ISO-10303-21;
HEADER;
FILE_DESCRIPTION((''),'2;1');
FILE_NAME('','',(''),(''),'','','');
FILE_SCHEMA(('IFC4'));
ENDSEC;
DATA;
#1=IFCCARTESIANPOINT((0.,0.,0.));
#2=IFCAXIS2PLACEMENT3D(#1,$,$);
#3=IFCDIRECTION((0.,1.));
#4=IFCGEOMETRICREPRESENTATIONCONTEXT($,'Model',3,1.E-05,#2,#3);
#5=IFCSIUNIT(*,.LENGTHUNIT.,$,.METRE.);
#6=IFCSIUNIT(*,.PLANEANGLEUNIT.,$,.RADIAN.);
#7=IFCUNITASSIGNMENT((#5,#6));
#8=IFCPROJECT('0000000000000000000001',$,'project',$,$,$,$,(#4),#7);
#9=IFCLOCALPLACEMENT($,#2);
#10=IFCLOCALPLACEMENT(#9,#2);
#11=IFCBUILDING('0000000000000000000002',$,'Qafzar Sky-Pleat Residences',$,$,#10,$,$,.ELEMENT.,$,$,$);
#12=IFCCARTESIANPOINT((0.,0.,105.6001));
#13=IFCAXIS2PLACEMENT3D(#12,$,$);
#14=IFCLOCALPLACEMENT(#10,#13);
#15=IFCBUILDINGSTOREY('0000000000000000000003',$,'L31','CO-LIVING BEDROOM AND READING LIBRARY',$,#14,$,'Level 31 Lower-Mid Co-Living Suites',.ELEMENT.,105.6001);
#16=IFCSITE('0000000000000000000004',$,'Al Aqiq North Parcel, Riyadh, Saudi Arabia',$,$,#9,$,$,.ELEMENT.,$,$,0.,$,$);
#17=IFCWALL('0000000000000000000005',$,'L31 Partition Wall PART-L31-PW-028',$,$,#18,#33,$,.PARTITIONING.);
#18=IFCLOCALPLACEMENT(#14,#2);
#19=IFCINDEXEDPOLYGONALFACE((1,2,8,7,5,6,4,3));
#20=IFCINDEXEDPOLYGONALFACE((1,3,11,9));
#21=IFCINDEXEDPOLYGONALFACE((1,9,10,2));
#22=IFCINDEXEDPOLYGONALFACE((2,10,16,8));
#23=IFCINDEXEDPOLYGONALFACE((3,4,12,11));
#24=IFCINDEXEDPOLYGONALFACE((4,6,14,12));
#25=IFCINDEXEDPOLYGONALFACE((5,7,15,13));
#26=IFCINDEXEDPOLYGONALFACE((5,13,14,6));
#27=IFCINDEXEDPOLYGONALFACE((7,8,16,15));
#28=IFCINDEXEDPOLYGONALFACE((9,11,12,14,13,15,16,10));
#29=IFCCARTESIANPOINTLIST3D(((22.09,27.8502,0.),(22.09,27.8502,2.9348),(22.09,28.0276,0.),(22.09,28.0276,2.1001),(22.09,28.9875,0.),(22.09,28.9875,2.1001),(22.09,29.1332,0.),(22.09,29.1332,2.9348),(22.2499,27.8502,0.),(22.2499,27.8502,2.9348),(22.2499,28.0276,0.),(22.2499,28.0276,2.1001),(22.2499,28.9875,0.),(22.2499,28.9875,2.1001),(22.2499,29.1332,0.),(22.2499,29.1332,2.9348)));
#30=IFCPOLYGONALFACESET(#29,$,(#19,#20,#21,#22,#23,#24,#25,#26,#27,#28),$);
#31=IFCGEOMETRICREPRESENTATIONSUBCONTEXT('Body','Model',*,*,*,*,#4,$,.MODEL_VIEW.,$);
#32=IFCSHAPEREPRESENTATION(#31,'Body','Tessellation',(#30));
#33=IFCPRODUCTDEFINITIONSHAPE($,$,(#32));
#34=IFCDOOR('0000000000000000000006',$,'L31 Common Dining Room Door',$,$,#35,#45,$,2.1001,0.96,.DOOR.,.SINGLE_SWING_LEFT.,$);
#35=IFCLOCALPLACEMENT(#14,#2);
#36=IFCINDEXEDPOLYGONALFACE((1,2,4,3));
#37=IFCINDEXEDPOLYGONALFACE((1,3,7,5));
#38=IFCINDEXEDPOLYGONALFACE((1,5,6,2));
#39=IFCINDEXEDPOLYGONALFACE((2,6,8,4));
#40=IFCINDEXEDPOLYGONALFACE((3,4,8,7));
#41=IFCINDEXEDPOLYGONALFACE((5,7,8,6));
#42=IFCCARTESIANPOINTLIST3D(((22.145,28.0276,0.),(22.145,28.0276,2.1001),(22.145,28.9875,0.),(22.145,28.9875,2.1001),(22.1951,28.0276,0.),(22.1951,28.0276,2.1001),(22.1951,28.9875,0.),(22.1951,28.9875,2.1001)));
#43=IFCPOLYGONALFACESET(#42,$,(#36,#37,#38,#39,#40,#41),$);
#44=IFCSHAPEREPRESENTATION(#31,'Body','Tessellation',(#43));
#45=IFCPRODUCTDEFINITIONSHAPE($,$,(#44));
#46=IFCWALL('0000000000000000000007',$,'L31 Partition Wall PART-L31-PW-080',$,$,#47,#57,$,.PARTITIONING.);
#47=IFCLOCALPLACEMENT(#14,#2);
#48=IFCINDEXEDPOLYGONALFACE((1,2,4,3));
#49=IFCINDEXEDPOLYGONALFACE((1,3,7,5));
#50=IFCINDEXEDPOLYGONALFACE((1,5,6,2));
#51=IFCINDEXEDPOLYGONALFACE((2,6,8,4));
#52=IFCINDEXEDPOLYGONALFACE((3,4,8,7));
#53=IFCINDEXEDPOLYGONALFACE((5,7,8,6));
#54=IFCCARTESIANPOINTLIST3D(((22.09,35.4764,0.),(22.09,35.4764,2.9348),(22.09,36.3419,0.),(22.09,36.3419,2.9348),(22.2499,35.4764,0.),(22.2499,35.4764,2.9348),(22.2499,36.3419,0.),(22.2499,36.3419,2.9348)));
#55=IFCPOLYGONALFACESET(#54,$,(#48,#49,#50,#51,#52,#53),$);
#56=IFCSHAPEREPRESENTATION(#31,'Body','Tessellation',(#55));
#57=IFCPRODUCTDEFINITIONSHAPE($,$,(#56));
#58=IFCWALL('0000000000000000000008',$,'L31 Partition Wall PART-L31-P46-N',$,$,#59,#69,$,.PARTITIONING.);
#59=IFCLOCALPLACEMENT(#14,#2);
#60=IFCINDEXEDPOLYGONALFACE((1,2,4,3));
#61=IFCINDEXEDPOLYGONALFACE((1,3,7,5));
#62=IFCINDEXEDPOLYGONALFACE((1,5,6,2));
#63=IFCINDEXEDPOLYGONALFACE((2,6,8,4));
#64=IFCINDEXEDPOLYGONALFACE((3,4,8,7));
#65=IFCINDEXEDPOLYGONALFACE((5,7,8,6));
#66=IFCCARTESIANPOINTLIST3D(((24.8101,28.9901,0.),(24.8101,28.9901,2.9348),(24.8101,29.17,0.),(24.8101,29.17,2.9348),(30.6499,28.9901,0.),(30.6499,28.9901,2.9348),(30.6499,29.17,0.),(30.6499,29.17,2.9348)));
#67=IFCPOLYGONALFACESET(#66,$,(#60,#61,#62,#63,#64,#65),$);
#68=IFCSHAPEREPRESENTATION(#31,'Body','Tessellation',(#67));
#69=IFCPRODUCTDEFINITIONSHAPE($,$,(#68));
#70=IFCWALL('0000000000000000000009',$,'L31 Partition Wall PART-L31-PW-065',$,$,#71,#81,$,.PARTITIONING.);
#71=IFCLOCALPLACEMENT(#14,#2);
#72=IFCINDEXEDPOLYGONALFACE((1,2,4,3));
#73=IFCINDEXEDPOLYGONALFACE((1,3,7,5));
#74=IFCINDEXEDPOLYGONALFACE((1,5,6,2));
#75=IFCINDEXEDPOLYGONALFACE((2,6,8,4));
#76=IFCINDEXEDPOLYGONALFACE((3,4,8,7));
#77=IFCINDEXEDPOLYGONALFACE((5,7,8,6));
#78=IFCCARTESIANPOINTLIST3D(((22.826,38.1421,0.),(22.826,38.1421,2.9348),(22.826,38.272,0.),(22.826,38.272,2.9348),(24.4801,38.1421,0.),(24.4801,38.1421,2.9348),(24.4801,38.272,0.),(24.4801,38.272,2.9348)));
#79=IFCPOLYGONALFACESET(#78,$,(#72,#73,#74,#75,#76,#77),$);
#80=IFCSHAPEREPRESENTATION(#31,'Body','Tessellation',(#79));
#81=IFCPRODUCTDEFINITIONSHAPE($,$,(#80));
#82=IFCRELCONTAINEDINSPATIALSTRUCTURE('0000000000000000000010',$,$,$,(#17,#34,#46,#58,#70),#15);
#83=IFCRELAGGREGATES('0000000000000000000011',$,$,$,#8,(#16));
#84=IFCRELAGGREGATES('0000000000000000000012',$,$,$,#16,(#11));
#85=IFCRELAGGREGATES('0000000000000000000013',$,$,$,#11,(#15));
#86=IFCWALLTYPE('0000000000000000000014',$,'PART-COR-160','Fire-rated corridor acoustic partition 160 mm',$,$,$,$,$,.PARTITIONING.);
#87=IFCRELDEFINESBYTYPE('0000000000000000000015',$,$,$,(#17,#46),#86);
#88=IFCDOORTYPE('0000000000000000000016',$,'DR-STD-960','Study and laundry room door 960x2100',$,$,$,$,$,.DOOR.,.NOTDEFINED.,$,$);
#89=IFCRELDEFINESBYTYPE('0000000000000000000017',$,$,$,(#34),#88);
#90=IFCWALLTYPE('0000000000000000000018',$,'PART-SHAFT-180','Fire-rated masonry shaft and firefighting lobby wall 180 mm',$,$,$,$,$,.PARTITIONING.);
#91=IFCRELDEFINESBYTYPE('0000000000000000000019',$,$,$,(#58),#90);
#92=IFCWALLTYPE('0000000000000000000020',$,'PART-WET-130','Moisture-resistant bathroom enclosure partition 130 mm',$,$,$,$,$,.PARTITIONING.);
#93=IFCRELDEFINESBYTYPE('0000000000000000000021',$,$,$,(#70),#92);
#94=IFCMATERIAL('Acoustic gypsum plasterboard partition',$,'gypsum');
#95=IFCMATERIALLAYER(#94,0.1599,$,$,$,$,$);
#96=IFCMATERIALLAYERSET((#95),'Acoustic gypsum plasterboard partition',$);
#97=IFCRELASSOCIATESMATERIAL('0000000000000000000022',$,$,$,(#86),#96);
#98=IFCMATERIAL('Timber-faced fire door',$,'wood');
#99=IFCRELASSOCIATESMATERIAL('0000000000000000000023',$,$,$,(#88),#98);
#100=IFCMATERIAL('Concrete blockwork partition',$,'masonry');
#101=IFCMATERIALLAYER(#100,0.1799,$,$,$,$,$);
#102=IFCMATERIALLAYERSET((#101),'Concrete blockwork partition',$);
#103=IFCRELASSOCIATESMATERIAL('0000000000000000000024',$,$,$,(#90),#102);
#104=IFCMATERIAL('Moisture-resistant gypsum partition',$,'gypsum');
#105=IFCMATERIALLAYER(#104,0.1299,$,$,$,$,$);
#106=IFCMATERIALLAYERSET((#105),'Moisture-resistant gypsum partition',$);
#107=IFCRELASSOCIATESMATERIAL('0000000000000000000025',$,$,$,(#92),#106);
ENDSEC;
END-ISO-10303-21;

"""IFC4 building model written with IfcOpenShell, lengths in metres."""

from ifc_helpers import new_model, si_unit, direction, frame, frame_2d, origin, place, context, subcontext, project, spatial, rectangle, extrude, source, transform, mapped, material, layer, layer_set, type_object, element, fill, save


model = new_model("IFC4")

# Units and contexts
model_context = context("Model", 3, precision=1e-05, world=origin(), true_north=direction((0.0, 1.0)))
body_context = subcontext(model_context, "Body", "Model", "MODEL_VIEW")
ifc_project = project(units=[si_unit("LENGTHUNIT", "METRE"), si_unit("PLANEANGLEUNIT", "RADIAN")], contexts=[model_context])

# Site, building, storey
site_placement = place(None, origin())
site = spatial("IfcSite", under=ifc_project, at=site_placement, Name="Al Aqiq North Parcel, Riyadh, Saudi Arabia", CompositionType="ELEMENT", RefElevation=0.0)
building_placement = place(site_placement, origin())
building = spatial("IfcBuilding", under=site, at=building_placement, Name="Qafzar Sky-Pleat Residences", CompositionType="ELEMENT")
storey_placement = place(building_placement, frame((0.0, 0.0, 105.6001)))
storey = spatial("IfcBuildingStorey", under=building, at=storey_placement, Name="L31", Description="CO-LIVING BEDROOM AND READING LIBRARY", LongName="Level 31 Lower-Mid Co-Living Suites", CompositionType="ELEMENT", Elevation=105.6001)

# Wall, opening, door
ifc_material_1 = material(Name="Acoustic gypsum plasterboard partition", Category="gypsum")
ifc_layer_1 = layer(ifc_material_1, 0.1599)
ifc_layer_set_1 = layer_set([ifc_layer_1], Name="Acoustic gypsum plasterboard partition")
wall_type_1 = type_object("IfcWallType", Name="PART-COR-160", Description="Fire-rated corridor acoustic partition 160 mm", PredefinedType="PARTITIONING", material=ifc_layer_set_1)
ifc_material_2 = material(Name="Timber-faced fire door", Category="wood")
door_type_1 = type_object("IfcDoorType", Name="DR-STD-960", Description="Study and laundry room door 960x2100", OperationType="NOTDEFINED", PredefinedType="DOOR", material=ifc_material_2)
shared_shape_1 = source(origin(), body_context, "Body", "SweptSolid", [
    extrude(rectangle(XDim=0.96, YDim=2.1001, at=frame_2d((0.48, 1.05))), frame((0.0, 0.0249, 0.0), z_axis=(0.0, -1.0, 0.0), x_axis=(1.0, 0.0, 0.0)), (0.0, 0.0, 1.0), 0.05),
])
wall_1_placement = place(storey_placement, frame((22.1699, 27.8501, 0.0), z_axis=(0.0, 0.0, 1.0), x_axis=(0.0, 1.0, 0.0)))
wall_1 = element("IfcWall", 1, at=wall_1_placement, inside=storey, type_object=wall_type_1, Name="L31 Partition Wall PART-L31-PW-028", PredefinedType="PARTITIONING", context=body_context, shape_type="SweptSolid", body=[
    extrude(rectangle(XDim=1.283, YDim=0.1599, at=frame_2d((0.6416, 0.0))), origin(), (0.0, 0.0, 1.0), 2.9348),
])
opening_1_placement = place(wall_1_placement, frame((0.1775, 0.0, 0.0)))
opening_1 = element("IfcOpeningElement", 2, at=opening_1_placement, cuts=wall_1, PredefinedType="OPENING", context=body_context, shape_type="SweptSolid", body=[
    extrude(rectangle(XDim=0.96, YDim=2.1001, at=frame_2d((0.48, 1.05))), frame((0.0, 0.0898, 0.0), z_axis=(0.0, -1.0, 0.0), x_axis=(1.0, 0.0, 0.0)), (0.0, 0.0, 1.0), 0.1799),
])
door_1_placement = place(opening_1_placement, origin())
door_1 = element("IfcDoor", 3, at=door_1_placement, inside=storey, type_object=door_type_1, Name="L31 Common Dining Room Door", OperationType="SINGLE_SWING_LEFT", OverallHeight=2.1001, OverallWidth=0.96, PredefinedType="DOOR", context=body_context, shape_type="MappedRepresentation", body=[
    mapped(shared_shape_1, transform((0.0, 0.0, 0.0), x_axis=(1.0, 0.0, 0.0), y_axis=(0.0, 1.0, 0.0), z_axis=(0.0, 0.0, 1.0), scale=1.0)),
])
fill(opening_1, door_1)

# Walls
wall_2_placement = place(storey_placement, frame((22.1699, 35.4766, 0.0), z_axis=(0.0, 0.0, 1.0), x_axis=(0.0, 1.0, 0.0)))
element("IfcWall", 4, at=wall_2_placement, inside=storey, type_object=wall_type_1, Name="L31 Partition Wall PART-L31-PW-080", PredefinedType="PARTITIONING", context=body_context, shape_type="SweptSolid", body=[
    extrude(rectangle(XDim=0.8655, YDim=0.1599, at=frame_2d((0.4326, 0.0))), origin(), (0.0, 0.0, 1.0), 2.9348),
])
ifc_material_3 = material(Name="Concrete blockwork partition", Category="masonry")
ifc_layer_2 = layer(ifc_material_3, 0.1799)
ifc_layer_set_2 = layer_set([ifc_layer_2], Name="Concrete blockwork partition")
wall_type_2 = type_object("IfcWallType", Name="PART-SHAFT-180", Description="Fire-rated masonry shaft and firefighting lobby wall 180 mm", PredefinedType="PARTITIONING", material=ifc_layer_set_2)
wall_3_placement = place(storey_placement, frame((24.8101, 29.0801, 0.0), z_axis=(0.0, 0.0, 1.0), x_axis=(1.0, 0.0, 0.0)))
element("IfcWall", 5, at=wall_3_placement, inside=storey, type_object=wall_type_2, Name="L31 Partition Wall PART-L31-P46-N", PredefinedType="PARTITIONING", context=body_context, shape_type="SweptSolid", body=[
    extrude(rectangle(XDim=5.8398, YDim=0.1799, at=frame_2d((2.9199, 0.0))), origin(), (0.0, 0.0, 1.0), 2.9348),
])
ifc_material_4 = material(Name="Moisture-resistant gypsum partition", Category="gypsum")
ifc_layer_3 = layer(ifc_material_4, 0.1299)
ifc_layer_set_3 = layer_set([ifc_layer_3], Name="Moisture-resistant gypsum partition")
wall_type_3 = type_object("IfcWallType", Name="PART-WET-130", Description="Moisture-resistant bathroom enclosure partition 130 mm", PredefinedType="PARTITIONING", material=ifc_layer_set_3)
wall_4_placement = place(storey_placement, frame((22.8259, 38.207, 0.0), z_axis=(0.0, 0.0, 1.0), x_axis=(1.0, 0.0, 0.0)))
element("IfcWall", 6, at=wall_4_placement, inside=storey, type_object=wall_type_3, Name="L31 Partition Wall PART-L31-PW-065", PredefinedType="PARTITIONING", context=body_context, shape_type="SweptSolid", body=[
    extrude(rectangle(XDim=1.6541, YDim=0.1299, at=frame_2d((0.8271, 0.0))), origin(), (0.0, 0.0, 1.0), 2.9348),
])

save(model, "model.ifc")
